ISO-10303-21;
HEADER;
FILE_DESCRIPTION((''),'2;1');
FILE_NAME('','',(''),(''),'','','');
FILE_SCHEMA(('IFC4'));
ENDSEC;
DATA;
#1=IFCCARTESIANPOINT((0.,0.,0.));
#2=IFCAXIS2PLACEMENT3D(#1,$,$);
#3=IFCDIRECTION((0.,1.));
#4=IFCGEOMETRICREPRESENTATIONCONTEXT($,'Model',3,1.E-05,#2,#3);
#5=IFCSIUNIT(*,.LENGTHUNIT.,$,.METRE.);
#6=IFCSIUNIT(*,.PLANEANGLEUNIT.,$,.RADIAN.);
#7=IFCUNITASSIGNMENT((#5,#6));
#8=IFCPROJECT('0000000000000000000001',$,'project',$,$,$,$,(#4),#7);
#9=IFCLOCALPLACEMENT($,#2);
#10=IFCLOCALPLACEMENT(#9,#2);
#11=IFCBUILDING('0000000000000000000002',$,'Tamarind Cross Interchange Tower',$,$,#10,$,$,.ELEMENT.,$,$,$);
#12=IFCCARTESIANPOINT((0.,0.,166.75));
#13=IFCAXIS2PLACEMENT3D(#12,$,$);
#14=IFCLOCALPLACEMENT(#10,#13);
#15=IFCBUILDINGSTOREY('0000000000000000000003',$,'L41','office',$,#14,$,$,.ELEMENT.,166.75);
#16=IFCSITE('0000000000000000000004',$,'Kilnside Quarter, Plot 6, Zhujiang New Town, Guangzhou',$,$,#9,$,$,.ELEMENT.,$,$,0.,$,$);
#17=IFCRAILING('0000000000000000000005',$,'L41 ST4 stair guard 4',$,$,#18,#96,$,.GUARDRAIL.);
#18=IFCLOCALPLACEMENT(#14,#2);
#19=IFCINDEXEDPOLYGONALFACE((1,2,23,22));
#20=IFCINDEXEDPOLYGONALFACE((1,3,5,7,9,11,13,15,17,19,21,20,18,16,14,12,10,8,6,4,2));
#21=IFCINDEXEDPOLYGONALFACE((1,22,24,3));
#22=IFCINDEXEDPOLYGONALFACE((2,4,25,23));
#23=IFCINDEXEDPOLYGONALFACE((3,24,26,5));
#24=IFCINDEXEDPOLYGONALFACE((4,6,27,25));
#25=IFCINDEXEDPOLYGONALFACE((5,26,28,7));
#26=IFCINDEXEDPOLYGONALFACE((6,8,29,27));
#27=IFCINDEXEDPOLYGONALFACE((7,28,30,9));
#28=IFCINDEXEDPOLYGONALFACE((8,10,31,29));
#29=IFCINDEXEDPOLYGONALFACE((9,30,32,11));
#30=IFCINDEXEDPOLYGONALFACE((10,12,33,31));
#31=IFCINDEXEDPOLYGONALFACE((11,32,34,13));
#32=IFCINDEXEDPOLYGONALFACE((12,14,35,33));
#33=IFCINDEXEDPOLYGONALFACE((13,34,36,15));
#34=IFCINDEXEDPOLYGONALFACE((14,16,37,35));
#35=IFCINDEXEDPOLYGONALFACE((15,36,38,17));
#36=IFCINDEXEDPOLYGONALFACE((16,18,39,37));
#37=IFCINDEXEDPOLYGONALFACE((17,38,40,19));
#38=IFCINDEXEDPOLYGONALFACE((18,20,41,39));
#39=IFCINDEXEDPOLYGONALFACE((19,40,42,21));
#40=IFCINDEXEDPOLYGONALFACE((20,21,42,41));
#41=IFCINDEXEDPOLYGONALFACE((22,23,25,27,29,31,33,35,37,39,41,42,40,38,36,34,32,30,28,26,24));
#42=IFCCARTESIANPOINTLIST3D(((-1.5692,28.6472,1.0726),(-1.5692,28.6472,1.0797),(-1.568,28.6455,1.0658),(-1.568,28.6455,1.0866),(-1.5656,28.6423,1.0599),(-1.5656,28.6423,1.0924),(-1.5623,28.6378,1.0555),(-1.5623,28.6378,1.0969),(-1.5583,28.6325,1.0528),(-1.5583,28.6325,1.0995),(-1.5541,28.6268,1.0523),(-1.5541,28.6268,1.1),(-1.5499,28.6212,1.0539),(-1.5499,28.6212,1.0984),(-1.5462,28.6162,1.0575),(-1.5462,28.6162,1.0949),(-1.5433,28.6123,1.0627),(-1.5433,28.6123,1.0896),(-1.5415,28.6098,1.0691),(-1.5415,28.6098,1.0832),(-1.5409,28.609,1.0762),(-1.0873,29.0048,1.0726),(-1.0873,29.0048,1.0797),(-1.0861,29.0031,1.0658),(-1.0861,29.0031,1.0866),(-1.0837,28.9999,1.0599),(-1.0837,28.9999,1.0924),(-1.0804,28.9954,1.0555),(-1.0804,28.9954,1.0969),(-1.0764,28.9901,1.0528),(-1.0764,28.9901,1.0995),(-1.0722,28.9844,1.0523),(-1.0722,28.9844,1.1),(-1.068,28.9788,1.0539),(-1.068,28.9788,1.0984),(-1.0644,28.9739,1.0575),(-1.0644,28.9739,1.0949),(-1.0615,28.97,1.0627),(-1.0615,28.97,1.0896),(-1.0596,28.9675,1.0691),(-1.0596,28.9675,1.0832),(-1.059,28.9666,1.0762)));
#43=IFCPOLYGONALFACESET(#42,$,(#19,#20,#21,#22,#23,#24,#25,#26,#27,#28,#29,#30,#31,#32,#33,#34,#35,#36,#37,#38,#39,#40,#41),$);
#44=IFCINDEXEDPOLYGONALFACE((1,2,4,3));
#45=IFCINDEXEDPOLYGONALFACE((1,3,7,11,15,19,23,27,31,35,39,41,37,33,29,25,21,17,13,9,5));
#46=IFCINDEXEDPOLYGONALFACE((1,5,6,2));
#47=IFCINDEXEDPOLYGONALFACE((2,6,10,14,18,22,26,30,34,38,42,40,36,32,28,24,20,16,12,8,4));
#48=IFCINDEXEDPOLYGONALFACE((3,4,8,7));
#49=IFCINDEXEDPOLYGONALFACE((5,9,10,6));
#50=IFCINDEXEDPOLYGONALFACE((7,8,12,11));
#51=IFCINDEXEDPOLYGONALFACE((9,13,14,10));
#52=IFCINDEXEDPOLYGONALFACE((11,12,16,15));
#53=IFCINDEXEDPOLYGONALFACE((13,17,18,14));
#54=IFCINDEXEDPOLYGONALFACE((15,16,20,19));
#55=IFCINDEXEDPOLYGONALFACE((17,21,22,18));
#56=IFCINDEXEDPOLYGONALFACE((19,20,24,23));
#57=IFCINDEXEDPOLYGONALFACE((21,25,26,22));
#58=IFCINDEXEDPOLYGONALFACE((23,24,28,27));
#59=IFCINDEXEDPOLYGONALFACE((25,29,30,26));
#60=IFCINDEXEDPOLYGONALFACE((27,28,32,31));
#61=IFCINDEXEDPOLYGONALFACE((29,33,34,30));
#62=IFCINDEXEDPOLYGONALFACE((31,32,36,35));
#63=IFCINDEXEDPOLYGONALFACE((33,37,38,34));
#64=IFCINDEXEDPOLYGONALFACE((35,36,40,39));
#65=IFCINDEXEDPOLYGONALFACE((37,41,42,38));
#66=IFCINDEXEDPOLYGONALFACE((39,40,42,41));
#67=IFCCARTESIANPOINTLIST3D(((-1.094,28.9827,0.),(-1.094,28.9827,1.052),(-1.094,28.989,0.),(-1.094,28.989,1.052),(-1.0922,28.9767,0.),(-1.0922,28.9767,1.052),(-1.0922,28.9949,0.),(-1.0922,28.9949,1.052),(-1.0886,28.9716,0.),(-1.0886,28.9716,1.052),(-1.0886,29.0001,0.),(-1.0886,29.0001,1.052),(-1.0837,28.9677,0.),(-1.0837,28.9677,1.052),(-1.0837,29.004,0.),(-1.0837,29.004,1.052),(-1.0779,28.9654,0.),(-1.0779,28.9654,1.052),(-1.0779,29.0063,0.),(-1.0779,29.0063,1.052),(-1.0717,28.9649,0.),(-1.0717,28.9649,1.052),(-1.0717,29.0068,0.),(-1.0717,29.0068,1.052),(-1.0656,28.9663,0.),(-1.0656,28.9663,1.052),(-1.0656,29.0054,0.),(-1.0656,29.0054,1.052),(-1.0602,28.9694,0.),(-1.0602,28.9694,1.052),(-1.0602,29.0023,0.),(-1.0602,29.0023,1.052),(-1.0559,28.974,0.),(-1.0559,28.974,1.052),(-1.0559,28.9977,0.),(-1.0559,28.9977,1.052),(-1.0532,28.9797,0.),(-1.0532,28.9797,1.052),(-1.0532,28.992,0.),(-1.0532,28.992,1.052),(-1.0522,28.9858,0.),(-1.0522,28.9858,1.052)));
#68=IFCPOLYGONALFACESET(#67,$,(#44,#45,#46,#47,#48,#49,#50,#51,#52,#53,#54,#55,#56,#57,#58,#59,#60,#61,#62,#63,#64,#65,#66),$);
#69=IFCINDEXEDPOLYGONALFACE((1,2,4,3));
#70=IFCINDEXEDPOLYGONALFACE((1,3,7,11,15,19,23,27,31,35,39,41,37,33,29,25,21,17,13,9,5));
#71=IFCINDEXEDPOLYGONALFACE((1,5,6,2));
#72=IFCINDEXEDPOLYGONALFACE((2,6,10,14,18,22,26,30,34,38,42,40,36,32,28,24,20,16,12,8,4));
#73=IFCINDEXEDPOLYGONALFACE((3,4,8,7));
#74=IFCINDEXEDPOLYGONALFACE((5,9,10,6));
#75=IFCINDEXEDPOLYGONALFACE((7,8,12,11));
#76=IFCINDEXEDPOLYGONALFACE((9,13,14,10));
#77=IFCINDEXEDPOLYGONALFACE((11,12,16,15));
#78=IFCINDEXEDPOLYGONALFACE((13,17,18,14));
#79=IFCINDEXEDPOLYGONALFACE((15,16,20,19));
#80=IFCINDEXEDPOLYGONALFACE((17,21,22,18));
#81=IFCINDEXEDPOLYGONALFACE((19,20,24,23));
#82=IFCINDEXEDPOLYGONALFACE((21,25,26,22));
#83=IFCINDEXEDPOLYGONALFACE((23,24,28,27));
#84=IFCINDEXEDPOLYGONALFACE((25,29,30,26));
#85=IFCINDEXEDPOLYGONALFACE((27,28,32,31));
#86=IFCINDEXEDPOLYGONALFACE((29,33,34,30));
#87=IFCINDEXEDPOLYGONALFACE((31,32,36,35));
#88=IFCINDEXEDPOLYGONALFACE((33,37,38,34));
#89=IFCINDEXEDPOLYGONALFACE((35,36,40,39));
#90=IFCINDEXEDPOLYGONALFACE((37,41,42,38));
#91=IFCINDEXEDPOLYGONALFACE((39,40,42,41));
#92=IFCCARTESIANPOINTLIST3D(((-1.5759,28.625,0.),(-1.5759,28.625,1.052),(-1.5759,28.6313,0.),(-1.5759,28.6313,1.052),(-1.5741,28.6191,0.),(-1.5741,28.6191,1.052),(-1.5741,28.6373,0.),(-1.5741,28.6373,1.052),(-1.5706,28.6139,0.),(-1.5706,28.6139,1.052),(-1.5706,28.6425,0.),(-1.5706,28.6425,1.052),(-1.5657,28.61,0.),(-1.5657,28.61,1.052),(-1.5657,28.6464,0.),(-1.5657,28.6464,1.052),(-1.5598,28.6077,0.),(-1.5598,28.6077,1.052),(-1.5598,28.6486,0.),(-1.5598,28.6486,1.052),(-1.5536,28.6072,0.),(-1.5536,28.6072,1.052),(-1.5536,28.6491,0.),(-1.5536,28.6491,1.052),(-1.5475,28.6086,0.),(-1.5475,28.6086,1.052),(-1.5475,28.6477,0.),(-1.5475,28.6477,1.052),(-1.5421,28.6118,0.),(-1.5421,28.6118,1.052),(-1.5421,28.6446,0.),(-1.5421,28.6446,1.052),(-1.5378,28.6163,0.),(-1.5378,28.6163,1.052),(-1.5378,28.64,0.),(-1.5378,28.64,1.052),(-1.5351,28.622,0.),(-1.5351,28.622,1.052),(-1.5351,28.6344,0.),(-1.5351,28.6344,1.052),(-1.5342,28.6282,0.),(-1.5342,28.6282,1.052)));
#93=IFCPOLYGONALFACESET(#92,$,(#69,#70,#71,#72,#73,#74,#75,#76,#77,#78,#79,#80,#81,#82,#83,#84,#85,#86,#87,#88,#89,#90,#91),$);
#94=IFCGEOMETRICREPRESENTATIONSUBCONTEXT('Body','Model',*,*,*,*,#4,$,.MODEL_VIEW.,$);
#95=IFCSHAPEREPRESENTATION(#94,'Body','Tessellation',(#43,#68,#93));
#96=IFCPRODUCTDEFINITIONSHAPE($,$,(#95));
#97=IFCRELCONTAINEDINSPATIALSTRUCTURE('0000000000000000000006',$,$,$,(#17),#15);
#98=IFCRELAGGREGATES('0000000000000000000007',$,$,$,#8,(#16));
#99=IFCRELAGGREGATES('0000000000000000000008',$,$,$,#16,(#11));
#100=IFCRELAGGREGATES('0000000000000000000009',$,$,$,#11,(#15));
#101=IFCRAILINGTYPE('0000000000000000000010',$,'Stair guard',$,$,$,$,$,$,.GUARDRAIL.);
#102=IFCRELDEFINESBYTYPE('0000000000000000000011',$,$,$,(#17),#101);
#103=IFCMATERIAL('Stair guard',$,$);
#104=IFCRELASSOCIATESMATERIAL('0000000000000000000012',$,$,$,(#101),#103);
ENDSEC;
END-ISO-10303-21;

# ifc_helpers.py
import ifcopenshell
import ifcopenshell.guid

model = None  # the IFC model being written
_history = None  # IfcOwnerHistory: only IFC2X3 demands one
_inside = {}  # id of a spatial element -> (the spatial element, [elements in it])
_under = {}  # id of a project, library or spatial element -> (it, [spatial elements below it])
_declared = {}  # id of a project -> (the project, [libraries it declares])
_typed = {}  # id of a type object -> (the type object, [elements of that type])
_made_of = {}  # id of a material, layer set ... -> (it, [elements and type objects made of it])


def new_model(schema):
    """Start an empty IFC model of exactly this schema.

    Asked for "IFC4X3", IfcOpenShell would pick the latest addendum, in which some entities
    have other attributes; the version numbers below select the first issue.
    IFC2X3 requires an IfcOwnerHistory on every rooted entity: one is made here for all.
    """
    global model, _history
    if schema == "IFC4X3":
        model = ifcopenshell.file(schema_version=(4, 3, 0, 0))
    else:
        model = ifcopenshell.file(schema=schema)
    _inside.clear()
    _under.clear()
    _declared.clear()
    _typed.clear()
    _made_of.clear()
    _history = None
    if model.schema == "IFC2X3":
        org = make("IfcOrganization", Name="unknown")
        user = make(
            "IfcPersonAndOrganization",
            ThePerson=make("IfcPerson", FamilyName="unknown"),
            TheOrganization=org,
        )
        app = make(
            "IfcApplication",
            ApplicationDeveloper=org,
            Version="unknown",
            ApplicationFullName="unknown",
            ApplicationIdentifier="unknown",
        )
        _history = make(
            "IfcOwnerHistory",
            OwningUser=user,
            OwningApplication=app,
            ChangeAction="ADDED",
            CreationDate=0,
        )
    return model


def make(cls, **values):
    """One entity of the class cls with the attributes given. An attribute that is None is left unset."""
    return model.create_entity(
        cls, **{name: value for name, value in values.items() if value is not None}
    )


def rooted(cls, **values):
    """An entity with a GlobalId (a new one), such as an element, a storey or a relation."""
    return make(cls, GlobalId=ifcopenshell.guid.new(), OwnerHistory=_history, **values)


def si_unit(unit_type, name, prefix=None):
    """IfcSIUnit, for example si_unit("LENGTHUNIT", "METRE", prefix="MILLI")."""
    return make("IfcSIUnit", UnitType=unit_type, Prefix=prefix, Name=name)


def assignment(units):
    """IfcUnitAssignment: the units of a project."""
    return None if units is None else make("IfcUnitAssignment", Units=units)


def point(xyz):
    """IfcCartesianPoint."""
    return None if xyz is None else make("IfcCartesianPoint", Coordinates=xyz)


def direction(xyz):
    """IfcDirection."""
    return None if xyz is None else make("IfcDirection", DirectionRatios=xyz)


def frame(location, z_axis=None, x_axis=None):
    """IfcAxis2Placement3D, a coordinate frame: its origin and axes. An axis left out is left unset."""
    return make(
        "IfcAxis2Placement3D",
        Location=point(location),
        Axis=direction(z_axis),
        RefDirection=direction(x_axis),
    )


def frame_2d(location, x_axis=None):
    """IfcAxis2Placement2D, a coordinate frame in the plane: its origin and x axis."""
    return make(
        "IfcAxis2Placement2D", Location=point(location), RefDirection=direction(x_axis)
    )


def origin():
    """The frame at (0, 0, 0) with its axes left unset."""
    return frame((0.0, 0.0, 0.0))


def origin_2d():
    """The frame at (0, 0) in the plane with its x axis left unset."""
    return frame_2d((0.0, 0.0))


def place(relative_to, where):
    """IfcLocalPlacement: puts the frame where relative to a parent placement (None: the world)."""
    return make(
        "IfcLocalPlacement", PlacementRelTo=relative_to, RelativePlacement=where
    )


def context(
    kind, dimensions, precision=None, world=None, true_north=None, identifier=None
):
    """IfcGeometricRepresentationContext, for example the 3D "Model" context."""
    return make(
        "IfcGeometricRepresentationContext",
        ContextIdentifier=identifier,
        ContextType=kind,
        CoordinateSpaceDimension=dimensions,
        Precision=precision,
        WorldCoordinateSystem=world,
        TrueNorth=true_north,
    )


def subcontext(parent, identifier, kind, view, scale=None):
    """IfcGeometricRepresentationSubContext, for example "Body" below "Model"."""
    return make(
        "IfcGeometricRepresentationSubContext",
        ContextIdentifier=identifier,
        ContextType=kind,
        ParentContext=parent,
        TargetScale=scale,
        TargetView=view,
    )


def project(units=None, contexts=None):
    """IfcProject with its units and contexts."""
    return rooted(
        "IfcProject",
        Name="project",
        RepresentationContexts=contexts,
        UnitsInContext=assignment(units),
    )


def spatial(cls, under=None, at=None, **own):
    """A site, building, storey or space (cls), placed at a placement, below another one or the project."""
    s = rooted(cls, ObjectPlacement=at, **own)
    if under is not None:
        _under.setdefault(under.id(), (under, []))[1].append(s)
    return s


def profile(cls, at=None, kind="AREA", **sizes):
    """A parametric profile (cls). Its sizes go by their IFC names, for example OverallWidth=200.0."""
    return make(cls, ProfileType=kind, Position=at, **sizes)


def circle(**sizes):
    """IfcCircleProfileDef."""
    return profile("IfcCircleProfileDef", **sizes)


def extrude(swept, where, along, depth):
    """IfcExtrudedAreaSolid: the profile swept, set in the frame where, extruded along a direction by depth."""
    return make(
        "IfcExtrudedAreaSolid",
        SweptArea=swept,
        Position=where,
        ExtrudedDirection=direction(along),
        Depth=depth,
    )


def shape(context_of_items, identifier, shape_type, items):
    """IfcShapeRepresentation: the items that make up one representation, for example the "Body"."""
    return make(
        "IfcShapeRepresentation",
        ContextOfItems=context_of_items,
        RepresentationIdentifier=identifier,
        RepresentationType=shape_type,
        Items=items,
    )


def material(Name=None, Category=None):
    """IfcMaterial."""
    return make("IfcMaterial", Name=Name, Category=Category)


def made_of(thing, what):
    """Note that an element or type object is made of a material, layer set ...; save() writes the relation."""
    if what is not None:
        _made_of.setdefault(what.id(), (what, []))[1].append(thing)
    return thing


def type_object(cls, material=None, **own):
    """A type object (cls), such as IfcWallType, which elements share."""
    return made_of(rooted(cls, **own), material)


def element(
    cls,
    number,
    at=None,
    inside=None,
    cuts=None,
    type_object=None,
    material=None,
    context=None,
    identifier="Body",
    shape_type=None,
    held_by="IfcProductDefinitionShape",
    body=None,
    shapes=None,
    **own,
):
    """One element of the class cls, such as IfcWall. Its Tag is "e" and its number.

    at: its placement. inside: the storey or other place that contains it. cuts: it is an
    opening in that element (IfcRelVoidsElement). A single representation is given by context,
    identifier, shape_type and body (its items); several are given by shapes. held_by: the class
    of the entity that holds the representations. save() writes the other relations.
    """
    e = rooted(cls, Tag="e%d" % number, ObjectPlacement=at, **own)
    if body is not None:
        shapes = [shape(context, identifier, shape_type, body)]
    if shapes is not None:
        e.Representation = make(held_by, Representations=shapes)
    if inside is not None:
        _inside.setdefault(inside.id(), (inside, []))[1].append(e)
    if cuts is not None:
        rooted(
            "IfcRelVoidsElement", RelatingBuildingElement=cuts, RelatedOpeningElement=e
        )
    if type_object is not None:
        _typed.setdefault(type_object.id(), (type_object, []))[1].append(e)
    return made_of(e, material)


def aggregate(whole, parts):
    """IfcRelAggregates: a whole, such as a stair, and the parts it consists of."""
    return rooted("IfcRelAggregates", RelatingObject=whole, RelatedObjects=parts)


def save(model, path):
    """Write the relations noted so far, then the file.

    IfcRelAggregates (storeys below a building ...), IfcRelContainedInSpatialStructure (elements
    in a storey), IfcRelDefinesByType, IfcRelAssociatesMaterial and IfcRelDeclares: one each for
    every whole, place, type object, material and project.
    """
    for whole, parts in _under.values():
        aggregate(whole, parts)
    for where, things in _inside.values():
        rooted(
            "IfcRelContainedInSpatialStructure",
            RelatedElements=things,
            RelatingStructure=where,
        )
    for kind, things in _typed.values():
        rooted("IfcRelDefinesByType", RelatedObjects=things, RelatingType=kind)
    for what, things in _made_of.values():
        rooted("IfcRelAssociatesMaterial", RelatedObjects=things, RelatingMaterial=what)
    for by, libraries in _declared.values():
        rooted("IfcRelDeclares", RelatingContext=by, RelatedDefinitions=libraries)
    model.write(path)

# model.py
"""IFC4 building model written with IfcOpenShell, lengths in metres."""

from ifc_helpers import new_model, si_unit, direction, frame, origin, origin_2d, place, context, subcontext, project, spatial, circle, extrude, material, type_object, element, save


model = new_model("IFC4")

# Units and contexts
model_context = context("Model", 3, precision=1e-05, world=origin(), true_north=direction((0.0, 1.0)))
body_context = subcontext(model_context, "Body", "Model", "MODEL_VIEW")
ifc_project = project(units=[si_unit("LENGTHUNIT", "METRE"), si_unit("PLANEANGLEUNIT", "RADIAN")], contexts=[model_context])

# Site, building, storey
site_placement = place(None, origin())
site = spatial("IfcSite", under=ifc_project, at=site_placement, Name="Kilnside Quarter, Plot 6, Zhujiang New Town, Guangzhou", CompositionType="ELEMENT", RefElevation=0.0)
building_placement = place(site_placement, origin())
building = spatial("IfcBuilding", under=site, at=building_placement, Name="Tamarind Cross Interchange Tower", CompositionType="ELEMENT")
storey_placement = place(building_placement, frame((0.0, 0.0, 166.75)))
storey = spatial("IfcBuildingStorey", under=building, at=storey_placement, Name="L41", Description="office", CompositionType="ELEMENT", Elevation=166.75)

# Railing
ifc_material_1 = material(Name="Stair guard")
railing_type_1 = type_object("IfcRailingType", Name="Stair guard", PredefinedType="GUARDRAIL", material=ifc_material_1)
railing_1_placement = place(storey_placement, frame((-1.0732, 28.9858, 0.0)))
element("IfcRailing", 1, at=railing_1_placement, inside=storey, type_object=railing_type_1, Name="L41 ST4 stair guard 4", PredefinedType="GUARDRAIL", context=body_context, shape_type="SweptSolid", body=[
    extrude(circle(Radius=0.0239, at=origin_2d()), frame((0.0, 0.0, 1.0762), z_axis=(-0.803016, -0.595957, 0.0), x_axis=(0.595957, -0.803016, 0.0)), (0.0, 0.0, 1.0), 0.6001),
    extrude(circle(Radius=0.021, at=origin_2d()), origin(), (0.0, 0.0, 1.0), 1.052),
    extrude(circle(Radius=0.021, at=origin_2d()), frame((-0.4819, -0.3577, 0.0)), (0.0, 0.0, 1.0), 1.052),
])

save(model, "model.ifc")
